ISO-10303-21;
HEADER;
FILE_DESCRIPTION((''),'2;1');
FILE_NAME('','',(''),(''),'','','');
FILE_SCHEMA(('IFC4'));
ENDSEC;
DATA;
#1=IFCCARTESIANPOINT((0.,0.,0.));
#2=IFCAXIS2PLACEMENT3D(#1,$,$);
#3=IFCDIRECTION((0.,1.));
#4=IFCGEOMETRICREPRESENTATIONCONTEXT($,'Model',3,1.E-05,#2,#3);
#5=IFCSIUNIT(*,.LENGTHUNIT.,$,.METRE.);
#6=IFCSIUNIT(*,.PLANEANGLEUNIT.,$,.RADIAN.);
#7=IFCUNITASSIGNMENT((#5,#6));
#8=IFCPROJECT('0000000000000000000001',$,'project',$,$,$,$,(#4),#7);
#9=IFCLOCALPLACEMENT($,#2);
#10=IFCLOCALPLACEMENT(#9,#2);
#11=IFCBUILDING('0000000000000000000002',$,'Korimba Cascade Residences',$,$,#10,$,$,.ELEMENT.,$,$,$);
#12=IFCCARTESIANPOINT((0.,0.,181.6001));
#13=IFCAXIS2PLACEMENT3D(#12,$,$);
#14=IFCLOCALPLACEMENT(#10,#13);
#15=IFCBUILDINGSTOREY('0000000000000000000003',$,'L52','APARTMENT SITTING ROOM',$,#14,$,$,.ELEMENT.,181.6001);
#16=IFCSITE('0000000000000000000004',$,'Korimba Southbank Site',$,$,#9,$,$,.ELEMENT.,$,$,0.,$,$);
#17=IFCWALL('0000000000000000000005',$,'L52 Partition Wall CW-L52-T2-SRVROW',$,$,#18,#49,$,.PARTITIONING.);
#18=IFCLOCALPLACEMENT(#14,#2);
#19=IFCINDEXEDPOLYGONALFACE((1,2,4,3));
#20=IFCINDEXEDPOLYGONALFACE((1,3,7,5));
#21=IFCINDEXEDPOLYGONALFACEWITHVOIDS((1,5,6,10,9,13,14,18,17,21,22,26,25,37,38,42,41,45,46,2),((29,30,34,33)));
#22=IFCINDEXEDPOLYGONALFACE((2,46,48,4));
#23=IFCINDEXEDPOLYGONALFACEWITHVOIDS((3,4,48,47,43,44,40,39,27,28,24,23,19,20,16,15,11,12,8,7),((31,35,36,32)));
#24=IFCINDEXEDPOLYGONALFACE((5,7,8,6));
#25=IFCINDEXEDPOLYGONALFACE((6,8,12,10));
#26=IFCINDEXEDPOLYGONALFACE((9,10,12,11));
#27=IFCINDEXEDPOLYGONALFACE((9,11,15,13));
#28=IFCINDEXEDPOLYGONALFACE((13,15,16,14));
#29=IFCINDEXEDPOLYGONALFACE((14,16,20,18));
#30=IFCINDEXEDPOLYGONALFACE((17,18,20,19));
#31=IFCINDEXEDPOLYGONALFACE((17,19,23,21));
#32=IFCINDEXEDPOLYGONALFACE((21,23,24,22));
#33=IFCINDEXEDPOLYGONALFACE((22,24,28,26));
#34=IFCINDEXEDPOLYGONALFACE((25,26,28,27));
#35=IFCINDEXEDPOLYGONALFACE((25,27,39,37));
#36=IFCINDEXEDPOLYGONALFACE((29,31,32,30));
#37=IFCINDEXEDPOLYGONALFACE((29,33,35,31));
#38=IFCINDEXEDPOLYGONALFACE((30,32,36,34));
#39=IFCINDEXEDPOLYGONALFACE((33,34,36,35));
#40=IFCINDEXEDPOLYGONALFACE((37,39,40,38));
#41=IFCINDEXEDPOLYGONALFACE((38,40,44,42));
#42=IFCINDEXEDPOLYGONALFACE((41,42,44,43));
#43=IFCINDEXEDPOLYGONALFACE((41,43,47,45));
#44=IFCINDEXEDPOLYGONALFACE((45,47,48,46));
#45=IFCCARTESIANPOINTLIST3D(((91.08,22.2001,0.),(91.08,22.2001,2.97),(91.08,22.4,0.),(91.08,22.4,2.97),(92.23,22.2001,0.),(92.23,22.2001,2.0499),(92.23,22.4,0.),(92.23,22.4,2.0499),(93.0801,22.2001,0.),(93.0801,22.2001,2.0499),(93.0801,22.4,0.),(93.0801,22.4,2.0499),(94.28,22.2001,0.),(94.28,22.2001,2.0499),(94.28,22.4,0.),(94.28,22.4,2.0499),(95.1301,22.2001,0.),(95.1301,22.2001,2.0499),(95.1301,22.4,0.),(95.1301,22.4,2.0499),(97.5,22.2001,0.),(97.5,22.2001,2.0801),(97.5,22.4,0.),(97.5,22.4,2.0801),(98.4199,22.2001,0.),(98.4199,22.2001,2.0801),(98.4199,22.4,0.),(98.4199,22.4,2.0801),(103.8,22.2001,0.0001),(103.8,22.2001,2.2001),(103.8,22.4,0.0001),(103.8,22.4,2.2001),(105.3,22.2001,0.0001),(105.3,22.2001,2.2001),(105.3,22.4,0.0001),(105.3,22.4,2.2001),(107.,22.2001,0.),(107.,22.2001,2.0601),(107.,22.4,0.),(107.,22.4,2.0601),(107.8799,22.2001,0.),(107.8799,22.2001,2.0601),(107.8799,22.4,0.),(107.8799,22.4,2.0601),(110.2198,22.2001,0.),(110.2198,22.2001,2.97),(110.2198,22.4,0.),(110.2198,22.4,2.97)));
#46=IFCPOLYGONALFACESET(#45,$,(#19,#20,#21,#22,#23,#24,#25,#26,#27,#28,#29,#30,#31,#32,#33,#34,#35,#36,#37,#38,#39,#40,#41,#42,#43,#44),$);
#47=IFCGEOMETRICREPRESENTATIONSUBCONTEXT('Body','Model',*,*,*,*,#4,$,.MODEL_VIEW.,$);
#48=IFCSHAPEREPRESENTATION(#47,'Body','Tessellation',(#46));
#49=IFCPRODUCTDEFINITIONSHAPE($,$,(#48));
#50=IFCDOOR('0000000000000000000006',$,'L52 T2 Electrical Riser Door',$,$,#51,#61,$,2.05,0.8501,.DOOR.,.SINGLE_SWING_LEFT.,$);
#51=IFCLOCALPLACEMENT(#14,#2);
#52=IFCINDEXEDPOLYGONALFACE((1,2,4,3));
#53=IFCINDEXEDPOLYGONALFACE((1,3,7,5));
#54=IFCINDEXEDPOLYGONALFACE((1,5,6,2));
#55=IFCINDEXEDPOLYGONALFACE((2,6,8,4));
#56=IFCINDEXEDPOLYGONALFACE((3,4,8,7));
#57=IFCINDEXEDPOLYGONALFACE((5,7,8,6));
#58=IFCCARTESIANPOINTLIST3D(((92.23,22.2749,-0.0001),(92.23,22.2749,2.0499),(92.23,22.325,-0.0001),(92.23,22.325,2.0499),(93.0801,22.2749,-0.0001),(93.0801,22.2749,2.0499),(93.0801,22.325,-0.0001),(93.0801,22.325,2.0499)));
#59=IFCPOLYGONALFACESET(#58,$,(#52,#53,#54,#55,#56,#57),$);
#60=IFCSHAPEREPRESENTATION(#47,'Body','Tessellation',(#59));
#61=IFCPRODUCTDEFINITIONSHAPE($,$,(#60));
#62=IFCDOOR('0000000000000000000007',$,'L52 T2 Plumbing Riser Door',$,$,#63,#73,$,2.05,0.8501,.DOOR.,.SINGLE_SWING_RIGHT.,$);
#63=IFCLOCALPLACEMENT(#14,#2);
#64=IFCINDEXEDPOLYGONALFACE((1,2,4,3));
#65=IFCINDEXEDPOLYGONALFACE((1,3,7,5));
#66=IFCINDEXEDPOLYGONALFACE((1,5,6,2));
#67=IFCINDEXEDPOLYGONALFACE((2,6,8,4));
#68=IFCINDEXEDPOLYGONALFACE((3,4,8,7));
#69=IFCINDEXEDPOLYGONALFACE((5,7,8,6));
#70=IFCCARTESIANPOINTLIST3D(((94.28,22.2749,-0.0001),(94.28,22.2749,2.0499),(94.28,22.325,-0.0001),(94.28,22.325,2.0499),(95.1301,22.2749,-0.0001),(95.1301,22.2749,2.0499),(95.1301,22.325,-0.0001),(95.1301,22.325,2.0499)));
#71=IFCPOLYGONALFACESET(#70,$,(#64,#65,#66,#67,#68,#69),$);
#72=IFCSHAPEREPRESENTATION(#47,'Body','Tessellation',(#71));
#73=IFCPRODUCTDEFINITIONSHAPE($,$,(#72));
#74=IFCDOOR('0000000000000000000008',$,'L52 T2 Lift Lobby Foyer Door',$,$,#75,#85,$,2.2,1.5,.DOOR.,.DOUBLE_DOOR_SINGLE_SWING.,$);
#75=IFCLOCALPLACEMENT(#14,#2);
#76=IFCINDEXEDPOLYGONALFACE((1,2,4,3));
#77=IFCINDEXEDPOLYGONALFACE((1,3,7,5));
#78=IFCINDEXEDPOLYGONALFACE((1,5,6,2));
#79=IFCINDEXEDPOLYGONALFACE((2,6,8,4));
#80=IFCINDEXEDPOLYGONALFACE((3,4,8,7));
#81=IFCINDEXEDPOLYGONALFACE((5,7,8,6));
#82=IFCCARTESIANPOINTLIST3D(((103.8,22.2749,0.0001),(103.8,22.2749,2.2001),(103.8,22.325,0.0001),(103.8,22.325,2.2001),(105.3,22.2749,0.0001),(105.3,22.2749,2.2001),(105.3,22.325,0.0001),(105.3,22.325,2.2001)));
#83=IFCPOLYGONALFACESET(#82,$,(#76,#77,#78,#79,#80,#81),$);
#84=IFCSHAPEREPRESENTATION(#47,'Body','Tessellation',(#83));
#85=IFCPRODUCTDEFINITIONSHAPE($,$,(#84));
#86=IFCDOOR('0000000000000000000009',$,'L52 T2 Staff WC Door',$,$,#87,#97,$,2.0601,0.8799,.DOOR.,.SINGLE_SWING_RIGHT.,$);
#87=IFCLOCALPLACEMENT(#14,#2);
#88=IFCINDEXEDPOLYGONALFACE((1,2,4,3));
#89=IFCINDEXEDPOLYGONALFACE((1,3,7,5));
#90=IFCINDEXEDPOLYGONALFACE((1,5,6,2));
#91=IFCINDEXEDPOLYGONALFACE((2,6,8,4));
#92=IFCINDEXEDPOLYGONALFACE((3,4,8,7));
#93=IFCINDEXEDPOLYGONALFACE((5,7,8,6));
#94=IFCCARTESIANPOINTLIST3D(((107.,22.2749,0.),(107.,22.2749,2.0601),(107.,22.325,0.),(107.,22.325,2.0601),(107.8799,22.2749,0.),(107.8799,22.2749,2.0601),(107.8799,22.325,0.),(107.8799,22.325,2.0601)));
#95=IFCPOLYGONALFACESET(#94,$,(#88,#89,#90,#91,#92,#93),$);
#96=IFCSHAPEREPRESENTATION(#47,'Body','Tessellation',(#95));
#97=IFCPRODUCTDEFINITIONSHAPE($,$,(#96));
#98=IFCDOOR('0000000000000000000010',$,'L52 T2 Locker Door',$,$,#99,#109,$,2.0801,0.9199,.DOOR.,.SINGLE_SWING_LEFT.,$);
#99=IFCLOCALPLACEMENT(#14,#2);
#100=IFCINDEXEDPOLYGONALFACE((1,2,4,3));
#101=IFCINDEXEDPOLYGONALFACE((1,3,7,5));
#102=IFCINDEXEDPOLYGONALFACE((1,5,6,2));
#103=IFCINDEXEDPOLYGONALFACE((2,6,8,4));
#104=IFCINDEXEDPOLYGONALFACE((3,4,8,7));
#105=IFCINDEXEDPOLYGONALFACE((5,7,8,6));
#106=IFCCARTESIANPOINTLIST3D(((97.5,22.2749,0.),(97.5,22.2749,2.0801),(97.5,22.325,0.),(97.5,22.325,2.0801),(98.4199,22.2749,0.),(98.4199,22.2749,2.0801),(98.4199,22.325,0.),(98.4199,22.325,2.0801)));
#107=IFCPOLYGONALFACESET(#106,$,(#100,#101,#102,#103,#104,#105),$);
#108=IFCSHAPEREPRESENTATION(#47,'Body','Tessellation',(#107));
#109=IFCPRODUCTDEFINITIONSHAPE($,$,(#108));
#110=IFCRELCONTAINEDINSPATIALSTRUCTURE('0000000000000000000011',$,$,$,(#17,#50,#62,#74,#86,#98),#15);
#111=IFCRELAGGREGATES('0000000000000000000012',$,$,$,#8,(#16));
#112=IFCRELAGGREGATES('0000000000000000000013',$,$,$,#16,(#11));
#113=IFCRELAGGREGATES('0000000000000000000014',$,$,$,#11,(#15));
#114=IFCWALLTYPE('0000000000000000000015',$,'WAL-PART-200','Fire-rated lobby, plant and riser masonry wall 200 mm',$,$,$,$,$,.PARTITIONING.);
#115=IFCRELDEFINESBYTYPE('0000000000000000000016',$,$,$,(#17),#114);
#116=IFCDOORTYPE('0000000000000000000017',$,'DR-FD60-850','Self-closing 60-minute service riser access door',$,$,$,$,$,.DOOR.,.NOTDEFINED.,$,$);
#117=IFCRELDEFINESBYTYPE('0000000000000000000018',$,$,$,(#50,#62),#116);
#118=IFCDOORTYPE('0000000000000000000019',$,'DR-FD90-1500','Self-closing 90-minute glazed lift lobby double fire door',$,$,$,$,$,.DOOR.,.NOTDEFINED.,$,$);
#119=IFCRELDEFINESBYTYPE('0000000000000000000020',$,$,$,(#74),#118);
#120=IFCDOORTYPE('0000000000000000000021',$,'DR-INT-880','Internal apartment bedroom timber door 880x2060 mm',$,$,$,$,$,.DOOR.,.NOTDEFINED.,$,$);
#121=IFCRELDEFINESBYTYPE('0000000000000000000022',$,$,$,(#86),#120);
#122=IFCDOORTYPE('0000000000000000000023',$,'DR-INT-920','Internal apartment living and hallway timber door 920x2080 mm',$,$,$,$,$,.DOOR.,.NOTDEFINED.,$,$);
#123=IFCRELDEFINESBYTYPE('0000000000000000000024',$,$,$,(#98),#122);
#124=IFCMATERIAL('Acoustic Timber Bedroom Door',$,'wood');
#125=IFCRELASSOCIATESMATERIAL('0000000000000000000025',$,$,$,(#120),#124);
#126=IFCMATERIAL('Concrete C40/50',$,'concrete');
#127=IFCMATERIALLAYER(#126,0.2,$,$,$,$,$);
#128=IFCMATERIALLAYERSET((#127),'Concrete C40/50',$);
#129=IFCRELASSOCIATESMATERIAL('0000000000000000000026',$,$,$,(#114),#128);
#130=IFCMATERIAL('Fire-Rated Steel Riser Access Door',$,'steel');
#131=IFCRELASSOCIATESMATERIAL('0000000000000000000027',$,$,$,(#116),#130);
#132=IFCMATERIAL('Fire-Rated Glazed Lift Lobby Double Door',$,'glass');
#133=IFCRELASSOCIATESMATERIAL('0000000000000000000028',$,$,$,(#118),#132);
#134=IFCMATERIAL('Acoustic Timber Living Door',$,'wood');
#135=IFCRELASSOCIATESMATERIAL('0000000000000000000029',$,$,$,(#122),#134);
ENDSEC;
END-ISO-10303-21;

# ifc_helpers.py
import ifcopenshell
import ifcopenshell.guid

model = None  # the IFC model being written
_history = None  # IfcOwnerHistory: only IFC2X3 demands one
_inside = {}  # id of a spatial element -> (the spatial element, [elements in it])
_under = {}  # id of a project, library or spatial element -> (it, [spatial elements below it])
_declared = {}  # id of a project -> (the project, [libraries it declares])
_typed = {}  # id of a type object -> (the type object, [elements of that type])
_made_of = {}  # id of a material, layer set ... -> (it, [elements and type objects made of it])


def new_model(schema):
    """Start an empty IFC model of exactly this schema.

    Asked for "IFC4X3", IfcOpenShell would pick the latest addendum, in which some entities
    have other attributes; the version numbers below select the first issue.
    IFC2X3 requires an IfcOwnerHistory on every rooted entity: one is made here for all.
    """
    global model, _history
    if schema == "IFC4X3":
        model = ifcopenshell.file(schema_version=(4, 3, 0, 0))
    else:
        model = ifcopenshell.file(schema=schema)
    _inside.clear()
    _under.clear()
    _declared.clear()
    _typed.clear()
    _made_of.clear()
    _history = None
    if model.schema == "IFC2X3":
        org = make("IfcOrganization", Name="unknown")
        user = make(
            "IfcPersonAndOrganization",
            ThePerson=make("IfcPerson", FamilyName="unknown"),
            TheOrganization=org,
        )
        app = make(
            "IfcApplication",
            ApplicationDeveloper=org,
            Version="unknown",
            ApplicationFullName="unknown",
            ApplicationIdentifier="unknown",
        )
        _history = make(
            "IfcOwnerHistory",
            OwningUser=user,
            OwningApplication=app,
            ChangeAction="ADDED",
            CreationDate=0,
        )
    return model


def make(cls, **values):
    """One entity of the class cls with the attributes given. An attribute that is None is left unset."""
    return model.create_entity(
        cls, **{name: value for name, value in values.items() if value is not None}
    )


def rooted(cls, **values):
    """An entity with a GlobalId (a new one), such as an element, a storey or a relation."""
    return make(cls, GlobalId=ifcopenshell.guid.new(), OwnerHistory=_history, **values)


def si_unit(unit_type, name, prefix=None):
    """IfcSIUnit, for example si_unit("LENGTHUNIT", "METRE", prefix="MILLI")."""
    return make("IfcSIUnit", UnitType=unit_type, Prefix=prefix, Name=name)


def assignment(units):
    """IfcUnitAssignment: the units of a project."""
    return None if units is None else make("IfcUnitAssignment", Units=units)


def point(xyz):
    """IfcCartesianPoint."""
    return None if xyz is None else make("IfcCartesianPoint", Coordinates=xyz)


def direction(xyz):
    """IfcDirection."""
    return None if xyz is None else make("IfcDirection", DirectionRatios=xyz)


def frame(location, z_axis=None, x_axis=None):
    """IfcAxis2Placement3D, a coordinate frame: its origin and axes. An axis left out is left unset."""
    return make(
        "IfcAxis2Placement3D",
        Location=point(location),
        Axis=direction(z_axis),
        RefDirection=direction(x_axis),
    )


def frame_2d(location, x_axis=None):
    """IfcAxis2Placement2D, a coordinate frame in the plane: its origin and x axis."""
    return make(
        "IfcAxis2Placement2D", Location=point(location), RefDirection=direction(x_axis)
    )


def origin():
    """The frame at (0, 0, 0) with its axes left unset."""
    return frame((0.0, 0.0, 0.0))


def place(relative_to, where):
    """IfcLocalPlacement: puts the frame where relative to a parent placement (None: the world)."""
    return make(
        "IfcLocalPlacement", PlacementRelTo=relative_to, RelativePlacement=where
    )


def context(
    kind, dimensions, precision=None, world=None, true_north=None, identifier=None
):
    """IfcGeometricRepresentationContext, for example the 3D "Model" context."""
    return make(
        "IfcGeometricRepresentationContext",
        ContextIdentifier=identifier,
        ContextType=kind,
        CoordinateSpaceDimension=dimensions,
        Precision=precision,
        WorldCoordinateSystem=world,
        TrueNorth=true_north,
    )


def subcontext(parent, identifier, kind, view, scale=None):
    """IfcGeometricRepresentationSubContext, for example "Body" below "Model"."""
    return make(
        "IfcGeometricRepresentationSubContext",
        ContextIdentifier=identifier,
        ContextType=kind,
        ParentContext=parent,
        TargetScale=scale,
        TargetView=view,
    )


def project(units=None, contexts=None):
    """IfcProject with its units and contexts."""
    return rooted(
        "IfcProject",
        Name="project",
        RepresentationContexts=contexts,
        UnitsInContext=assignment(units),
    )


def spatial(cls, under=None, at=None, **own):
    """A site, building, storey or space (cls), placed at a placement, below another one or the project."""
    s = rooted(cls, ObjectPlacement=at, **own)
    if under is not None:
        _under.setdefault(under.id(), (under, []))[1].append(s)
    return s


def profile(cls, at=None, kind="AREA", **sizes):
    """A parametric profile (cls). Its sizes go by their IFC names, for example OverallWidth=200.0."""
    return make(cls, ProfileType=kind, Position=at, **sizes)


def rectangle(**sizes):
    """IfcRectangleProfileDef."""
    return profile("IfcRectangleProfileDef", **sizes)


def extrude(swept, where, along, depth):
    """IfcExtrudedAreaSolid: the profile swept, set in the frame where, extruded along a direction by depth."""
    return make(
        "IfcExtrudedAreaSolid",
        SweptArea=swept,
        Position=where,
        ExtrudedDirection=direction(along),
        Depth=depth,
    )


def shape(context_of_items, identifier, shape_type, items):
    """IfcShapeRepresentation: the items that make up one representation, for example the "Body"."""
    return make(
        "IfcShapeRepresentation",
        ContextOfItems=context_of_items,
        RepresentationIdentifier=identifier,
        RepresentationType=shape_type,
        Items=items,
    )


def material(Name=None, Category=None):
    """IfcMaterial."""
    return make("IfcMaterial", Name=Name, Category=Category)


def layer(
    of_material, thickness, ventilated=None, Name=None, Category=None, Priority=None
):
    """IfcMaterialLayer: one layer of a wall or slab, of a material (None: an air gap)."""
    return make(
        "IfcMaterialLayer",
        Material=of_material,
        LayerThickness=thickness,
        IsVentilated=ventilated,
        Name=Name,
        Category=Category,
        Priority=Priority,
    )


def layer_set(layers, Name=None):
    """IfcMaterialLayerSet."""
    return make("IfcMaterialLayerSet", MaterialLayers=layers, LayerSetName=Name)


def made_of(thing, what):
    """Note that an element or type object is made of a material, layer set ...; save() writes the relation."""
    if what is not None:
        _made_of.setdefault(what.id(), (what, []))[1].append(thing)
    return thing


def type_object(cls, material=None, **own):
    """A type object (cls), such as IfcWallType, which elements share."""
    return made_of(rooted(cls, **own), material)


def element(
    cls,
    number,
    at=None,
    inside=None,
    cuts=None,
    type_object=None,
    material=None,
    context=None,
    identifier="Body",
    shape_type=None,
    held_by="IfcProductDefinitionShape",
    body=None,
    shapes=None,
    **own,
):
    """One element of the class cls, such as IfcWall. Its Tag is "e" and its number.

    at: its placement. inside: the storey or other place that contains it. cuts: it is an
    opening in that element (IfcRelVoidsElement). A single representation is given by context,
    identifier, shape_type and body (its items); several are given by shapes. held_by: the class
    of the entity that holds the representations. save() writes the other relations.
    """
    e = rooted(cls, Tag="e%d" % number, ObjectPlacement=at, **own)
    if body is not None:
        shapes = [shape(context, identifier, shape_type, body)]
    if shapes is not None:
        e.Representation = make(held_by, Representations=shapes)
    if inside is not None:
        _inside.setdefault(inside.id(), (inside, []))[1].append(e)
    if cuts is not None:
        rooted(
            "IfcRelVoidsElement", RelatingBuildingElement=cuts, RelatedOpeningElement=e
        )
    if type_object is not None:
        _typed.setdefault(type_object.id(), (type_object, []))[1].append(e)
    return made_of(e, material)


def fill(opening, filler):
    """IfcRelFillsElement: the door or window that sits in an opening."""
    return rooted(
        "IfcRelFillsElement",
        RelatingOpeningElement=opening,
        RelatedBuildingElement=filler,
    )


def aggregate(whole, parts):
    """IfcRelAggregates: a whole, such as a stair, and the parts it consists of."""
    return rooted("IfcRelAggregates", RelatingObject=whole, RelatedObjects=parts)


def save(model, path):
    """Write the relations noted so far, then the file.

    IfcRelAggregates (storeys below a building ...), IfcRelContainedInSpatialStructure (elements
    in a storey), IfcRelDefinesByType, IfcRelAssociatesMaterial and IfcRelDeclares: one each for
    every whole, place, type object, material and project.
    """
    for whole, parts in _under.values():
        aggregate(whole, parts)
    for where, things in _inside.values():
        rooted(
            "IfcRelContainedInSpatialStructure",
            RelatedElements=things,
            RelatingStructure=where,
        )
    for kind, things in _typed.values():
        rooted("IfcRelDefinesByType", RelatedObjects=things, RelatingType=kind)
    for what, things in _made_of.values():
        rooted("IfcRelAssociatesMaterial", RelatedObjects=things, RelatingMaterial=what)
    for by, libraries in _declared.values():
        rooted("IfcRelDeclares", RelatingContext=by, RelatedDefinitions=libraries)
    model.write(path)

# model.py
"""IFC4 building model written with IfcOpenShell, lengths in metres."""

from ifc_helpers import new_model, si_unit, direction, frame, frame_2d, origin, place, context, subcontext, project, spatial, rectangle, extrude, material, layer, layer_set, type_object, element, fill, save


model = new_model("IFC4")

# Units and contexts
model_context = context("Model", 3, precision=1e-05, world=origin(), true_north=direction((0.0, 1.0)))
body_context = subcontext(model_context, "Body", "Model", "MODEL_VIEW")
ifc_project = project(units=[si_unit("LENGTHUNIT", "METRE"), si_unit("PLANEANGLEUNIT", "RADIAN")], contexts=[model_context])

# Site, building, storey
site_placement = place(None, origin())
site = spatial("IfcSite", under=ifc_project, at=site_placement, Name="Korimba Southbank Site", CompositionType="ELEMENT", RefElevation=0.0)
building_placement = place(site_placement, origin())
building = spatial("IfcBuilding", under=site, at=building_placement, Name="Korimba Cascade Residences", CompositionType="ELEMENT")
storey_placement = place(building_placement, frame((0.0, 0.0, 181.6001)))
storey = spatial("IfcBuildingStorey", under=building, at=storey_placement, Name="L52", Description="APARTMENT SITTING ROOM", CompositionType="ELEMENT", Elevation=181.6001)

# Shared definitions
ifc_material_1 = material(Name="Acoustic Timber Bedroom Door", Category="wood")
door_type_1 = type_object("IfcDoorType", Name="DR-INT-880", Description="Internal apartment bedroom timber door 880x2060 mm", OperationType="NOTDEFINED", PredefinedType="DOOR", material=ifc_material_1)

# Shared definitions
ifc_material_2 = material(Name="Concrete C40/50", Category="concrete")
ifc_layer_1 = layer(ifc_material_2, 0.2)
ifc_layer_set_1 = layer_set([ifc_layer_1], Name="Concrete C40/50")
wall_type_1 = type_object("IfcWallType", Name="WAL-PART-200", Description="Fire-rated lobby, plant and riser masonry wall 200 mm", PredefinedType="PARTITIONING", material=ifc_layer_set_1)

# Wall, openings, doors
wall_1_placement = place(storey_placement, frame((91.0801, 22.3, 0.0), z_axis=(0.0, 0.0, 1.0), x_axis=(1.0, 0.0, 0.0)))
wall_1 = element("IfcWall", 1, at=wall_1_placement, inside=storey, type_object=wall_type_1, Name="L52 Partition Wall CW-L52-T2-SRVROW", PredefinedType="PARTITIONING", context=body_context, shape_type="SweptSolid", body=[
    extrude(rectangle(XDim=19.1399, YDim=0.2, at=frame_2d((9.5698, 0.0))), origin(), (0.0, 0.0, 1.0), 2.97),
])
opening_1_placement = place(wall_1_placement, frame((1.1499, 0.0, 0.0)))
opening_1 = element("IfcOpeningElement", 2, at=opening_1_placement, cuts=wall_1, PredefinedType="OPENING", context=body_context, shape_type="SweptSolid", body=[
    extrude(rectangle(XDim=0.8501, YDim=2.05, at=frame_2d((0.425, 1.0249))), frame((0.0, 0.1099, 0.0), z_axis=(0.0, -1.0, 0.0), x_axis=(1.0, 0.0, 0.0)), (0.0, 0.0, 1.0), 0.22),
])
opening_2_placement = place(wall_1_placement, frame((3.2, 0.0, 0.0)))
opening_2 = element("IfcOpeningElement", 3, at=opening_2_placement, cuts=wall_1, PredefinedType="OPENING", context=body_context, shape_type="SweptSolid", body=[
    extrude(rectangle(XDim=0.8501, YDim=2.05, at=frame_2d((0.425, 1.0249))), frame((0.0, 0.1099, 0.0), z_axis=(0.0, -1.0, 0.0), x_axis=(1.0, 0.0, 0.0)), (0.0, 0.0, 1.0), 0.22),
])
opening_3_placement = place(wall_1_placement, frame((12.72, 0.0, 0.0)))
opening_3 = element("IfcOpeningElement", 4, at=opening_3_placement, cuts=wall_1, PredefinedType="OPENING", context=body_context, shape_type="SweptSolid", body=[
    extrude(rectangle(XDim=1.5, YDim=2.2, at=frame_2d((0.75, 1.1001))), frame((0.0, 0.1099, 0.0), z_axis=(0.0, -1.0, 0.0), x_axis=(1.0, 0.0, 0.0)), (0.0, 0.0, 1.0), 0.22),
])
opening_4_placement = place(wall_1_placement, frame((6.4199, 0.0, 0.0)))
opening_4 = element("IfcOpeningElement", 5, at=opening_4_placement, cuts=wall_1, PredefinedType="OPENING", context=body_context, shape_type="SweptSolid", body=[
    extrude(rectangle(XDim=0.9199, YDim=2.0801, at=frame_2d((0.46, 1.04))), frame((0.0, 0.1099, 0.0), z_axis=(0.0, -1.0, 0.0), x_axis=(1.0, 0.0, 0.0)), (0.0, 0.0, 1.0), 0.22),
])
opening_5_placement = place(wall_1_placement, frame((15.9199, 0.0, 0.0)))
opening_5 = element("IfcOpeningElement", 6, at=opening_5_placement, cuts=wall_1, PredefinedType="OPENING", context=body_context, shape_type="SweptSolid", body=[
    extrude(rectangle(XDim=0.8799, YDim=2.0601, at=frame_2d((0.4399, 1.03))), frame((0.0, 0.1099, 0.0), z_axis=(0.0, -1.0, 0.0), x_axis=(1.0, 0.0, 0.0)), (0.0, 0.0, 1.0), 0.22),
])
ifc_material_3 = material(Name="Fire-Rated Steel Riser Access Door", Category="steel")
door_type_2 = type_object("IfcDoorType", Name="DR-FD60-850", Description="Self-closing 60-minute service riser access door", OperationType="NOTDEFINED", PredefinedType="DOOR", material=ifc_material_3)
door_1_placement = place(opening_1_placement, origin())
door_1 = element("IfcDoor", 7, at=door_1_placement, inside=storey, type_object=door_type_2, Name="L52 T2 Electrical Riser Door", OperationType="SINGLE_SWING_LEFT", OverallHeight=2.05, OverallWidth=0.8501, PredefinedType="DOOR", context=body_context, shape_type="SweptSolid", body=[
    extrude(rectangle(XDim=0.8501, YDim=2.05, at=frame_2d((0.425, 1.0249))), frame((0.0, 0.0249, 0.0), z_axis=(0.0, -1.0, 0.0), x_axis=(1.0, 0.0, 0.0)), (0.0, 0.0, 1.0), 0.05),
])
fill(opening_1, door_1)
door_2_placement = place(opening_2_placement, origin())
door_2 = element("IfcDoor", 8, at=door_2_placement, inside=storey, type_object=door_type_2, Name="L52 T2 Plumbing Riser Door", OperationType="SINGLE_SWING_RIGHT", OverallHeight=2.05, OverallWidth=0.8501, PredefinedType="DOOR", context=body_context, shape_type="SweptSolid", body=[
    extrude(rectangle(XDim=0.8501, YDim=2.05, at=frame_2d((0.425, 1.0249))), frame((0.0, 0.0249, 0.0), z_axis=(0.0, -1.0, 0.0), x_axis=(1.0, 0.0, 0.0)), (0.0, 0.0, 1.0), 0.05),
])
fill(opening_2, door_2)
ifc_material_4 = material(Name="Fire-Rated Glazed Lift Lobby Double Door", Category="glass")
door_type_3 = type_object("IfcDoorType", Name="DR-FD90-1500", Description="Self-closing 90-minute glazed lift lobby double fire door", OperationType="NOTDEFINED", PredefinedType="DOOR", material=ifc_material_4)
door_3_placement = place(opening_3_placement, origin())
door_3 = element("IfcDoor", 9, at=door_3_placement, inside=storey, type_object=door_type_3, Name="L52 T2 Lift Lobby Foyer Door", OperationType="DOUBLE_DOOR_SINGLE_SWING", OverallHeight=2.2, OverallWidth=1.5, PredefinedType="DOOR", context=body_context, shape_type="SweptSolid", body=[
    extrude(rectangle(XDim=1.5, YDim=2.2, at=frame_2d((0.75, 1.1001))), frame((0.0, 0.0249, 0.0), z_axis=(0.0, -1.0, 0.0), x_axis=(1.0, 0.0, 0.0)), (0.0, 0.0, 1.0), 0.05),
])
fill(opening_3, door_3)
door_4_placement = place(opening_5_placement, origin())
door_4 = element("IfcDoor", 10, at=door_4_placement, inside=storey, type_object=door_type_1, Name="L52 T2 Staff WC Door", OperationType="SINGLE_SWING_RIGHT", OverallHeight=2.0601, OverallWidth=0.8799, PredefinedType="DOOR", context=body_context, shape_type="SweptSolid", body=[
    extrude(rectangle(XDim=0.8799, YDim=2.0601, at=frame_2d((0.4399, 1.03))), frame((0.0, 0.0249, 0.0), z_axis=(0.0, -1.0, 0.0), x_axis=(1.0, 0.0, 0.0)), (0.0, 0.0, 1.0), 0.05),
])
fill(opening_5, door_4)
ifc_material_5 = material(Name="Acoustic Timber Living Door", Category="wood")
door_type_4 = type_object("IfcDoorType", Name="DR-INT-920", Description="Internal apartment living and hallway timber door 920x2080 mm", OperationType="NOTDEFINED", PredefinedType="DOOR", material=ifc_material_5)
door_5_placement = place(opening_4_placement, origin())
door_5 = element("IfcDoor", 11, at=door_5_placement, inside=storey, type_object=door_type_4, Name="L52 T2 Locker Door", OperationType="SINGLE_SWING_LEFT", OverallHeight=2.0801, OverallWidth=0.9199, PredefinedType="DOOR", context=body_context, shape_type="SweptSolid", body=[
    extrude(rectangle(XDim=0.9199, YDim=2.0801, at=frame_2d((0.46, 1.04))), frame((0.0, 0.0249, 0.0), z_axis=(0.0, -1.0, 0.0), x_axis=(1.0, 0.0, 0.0)), (0.0, 0.0, 1.0), 0.05),
])
fill(opening_4, door_5)

save(model, "model.ifc")
